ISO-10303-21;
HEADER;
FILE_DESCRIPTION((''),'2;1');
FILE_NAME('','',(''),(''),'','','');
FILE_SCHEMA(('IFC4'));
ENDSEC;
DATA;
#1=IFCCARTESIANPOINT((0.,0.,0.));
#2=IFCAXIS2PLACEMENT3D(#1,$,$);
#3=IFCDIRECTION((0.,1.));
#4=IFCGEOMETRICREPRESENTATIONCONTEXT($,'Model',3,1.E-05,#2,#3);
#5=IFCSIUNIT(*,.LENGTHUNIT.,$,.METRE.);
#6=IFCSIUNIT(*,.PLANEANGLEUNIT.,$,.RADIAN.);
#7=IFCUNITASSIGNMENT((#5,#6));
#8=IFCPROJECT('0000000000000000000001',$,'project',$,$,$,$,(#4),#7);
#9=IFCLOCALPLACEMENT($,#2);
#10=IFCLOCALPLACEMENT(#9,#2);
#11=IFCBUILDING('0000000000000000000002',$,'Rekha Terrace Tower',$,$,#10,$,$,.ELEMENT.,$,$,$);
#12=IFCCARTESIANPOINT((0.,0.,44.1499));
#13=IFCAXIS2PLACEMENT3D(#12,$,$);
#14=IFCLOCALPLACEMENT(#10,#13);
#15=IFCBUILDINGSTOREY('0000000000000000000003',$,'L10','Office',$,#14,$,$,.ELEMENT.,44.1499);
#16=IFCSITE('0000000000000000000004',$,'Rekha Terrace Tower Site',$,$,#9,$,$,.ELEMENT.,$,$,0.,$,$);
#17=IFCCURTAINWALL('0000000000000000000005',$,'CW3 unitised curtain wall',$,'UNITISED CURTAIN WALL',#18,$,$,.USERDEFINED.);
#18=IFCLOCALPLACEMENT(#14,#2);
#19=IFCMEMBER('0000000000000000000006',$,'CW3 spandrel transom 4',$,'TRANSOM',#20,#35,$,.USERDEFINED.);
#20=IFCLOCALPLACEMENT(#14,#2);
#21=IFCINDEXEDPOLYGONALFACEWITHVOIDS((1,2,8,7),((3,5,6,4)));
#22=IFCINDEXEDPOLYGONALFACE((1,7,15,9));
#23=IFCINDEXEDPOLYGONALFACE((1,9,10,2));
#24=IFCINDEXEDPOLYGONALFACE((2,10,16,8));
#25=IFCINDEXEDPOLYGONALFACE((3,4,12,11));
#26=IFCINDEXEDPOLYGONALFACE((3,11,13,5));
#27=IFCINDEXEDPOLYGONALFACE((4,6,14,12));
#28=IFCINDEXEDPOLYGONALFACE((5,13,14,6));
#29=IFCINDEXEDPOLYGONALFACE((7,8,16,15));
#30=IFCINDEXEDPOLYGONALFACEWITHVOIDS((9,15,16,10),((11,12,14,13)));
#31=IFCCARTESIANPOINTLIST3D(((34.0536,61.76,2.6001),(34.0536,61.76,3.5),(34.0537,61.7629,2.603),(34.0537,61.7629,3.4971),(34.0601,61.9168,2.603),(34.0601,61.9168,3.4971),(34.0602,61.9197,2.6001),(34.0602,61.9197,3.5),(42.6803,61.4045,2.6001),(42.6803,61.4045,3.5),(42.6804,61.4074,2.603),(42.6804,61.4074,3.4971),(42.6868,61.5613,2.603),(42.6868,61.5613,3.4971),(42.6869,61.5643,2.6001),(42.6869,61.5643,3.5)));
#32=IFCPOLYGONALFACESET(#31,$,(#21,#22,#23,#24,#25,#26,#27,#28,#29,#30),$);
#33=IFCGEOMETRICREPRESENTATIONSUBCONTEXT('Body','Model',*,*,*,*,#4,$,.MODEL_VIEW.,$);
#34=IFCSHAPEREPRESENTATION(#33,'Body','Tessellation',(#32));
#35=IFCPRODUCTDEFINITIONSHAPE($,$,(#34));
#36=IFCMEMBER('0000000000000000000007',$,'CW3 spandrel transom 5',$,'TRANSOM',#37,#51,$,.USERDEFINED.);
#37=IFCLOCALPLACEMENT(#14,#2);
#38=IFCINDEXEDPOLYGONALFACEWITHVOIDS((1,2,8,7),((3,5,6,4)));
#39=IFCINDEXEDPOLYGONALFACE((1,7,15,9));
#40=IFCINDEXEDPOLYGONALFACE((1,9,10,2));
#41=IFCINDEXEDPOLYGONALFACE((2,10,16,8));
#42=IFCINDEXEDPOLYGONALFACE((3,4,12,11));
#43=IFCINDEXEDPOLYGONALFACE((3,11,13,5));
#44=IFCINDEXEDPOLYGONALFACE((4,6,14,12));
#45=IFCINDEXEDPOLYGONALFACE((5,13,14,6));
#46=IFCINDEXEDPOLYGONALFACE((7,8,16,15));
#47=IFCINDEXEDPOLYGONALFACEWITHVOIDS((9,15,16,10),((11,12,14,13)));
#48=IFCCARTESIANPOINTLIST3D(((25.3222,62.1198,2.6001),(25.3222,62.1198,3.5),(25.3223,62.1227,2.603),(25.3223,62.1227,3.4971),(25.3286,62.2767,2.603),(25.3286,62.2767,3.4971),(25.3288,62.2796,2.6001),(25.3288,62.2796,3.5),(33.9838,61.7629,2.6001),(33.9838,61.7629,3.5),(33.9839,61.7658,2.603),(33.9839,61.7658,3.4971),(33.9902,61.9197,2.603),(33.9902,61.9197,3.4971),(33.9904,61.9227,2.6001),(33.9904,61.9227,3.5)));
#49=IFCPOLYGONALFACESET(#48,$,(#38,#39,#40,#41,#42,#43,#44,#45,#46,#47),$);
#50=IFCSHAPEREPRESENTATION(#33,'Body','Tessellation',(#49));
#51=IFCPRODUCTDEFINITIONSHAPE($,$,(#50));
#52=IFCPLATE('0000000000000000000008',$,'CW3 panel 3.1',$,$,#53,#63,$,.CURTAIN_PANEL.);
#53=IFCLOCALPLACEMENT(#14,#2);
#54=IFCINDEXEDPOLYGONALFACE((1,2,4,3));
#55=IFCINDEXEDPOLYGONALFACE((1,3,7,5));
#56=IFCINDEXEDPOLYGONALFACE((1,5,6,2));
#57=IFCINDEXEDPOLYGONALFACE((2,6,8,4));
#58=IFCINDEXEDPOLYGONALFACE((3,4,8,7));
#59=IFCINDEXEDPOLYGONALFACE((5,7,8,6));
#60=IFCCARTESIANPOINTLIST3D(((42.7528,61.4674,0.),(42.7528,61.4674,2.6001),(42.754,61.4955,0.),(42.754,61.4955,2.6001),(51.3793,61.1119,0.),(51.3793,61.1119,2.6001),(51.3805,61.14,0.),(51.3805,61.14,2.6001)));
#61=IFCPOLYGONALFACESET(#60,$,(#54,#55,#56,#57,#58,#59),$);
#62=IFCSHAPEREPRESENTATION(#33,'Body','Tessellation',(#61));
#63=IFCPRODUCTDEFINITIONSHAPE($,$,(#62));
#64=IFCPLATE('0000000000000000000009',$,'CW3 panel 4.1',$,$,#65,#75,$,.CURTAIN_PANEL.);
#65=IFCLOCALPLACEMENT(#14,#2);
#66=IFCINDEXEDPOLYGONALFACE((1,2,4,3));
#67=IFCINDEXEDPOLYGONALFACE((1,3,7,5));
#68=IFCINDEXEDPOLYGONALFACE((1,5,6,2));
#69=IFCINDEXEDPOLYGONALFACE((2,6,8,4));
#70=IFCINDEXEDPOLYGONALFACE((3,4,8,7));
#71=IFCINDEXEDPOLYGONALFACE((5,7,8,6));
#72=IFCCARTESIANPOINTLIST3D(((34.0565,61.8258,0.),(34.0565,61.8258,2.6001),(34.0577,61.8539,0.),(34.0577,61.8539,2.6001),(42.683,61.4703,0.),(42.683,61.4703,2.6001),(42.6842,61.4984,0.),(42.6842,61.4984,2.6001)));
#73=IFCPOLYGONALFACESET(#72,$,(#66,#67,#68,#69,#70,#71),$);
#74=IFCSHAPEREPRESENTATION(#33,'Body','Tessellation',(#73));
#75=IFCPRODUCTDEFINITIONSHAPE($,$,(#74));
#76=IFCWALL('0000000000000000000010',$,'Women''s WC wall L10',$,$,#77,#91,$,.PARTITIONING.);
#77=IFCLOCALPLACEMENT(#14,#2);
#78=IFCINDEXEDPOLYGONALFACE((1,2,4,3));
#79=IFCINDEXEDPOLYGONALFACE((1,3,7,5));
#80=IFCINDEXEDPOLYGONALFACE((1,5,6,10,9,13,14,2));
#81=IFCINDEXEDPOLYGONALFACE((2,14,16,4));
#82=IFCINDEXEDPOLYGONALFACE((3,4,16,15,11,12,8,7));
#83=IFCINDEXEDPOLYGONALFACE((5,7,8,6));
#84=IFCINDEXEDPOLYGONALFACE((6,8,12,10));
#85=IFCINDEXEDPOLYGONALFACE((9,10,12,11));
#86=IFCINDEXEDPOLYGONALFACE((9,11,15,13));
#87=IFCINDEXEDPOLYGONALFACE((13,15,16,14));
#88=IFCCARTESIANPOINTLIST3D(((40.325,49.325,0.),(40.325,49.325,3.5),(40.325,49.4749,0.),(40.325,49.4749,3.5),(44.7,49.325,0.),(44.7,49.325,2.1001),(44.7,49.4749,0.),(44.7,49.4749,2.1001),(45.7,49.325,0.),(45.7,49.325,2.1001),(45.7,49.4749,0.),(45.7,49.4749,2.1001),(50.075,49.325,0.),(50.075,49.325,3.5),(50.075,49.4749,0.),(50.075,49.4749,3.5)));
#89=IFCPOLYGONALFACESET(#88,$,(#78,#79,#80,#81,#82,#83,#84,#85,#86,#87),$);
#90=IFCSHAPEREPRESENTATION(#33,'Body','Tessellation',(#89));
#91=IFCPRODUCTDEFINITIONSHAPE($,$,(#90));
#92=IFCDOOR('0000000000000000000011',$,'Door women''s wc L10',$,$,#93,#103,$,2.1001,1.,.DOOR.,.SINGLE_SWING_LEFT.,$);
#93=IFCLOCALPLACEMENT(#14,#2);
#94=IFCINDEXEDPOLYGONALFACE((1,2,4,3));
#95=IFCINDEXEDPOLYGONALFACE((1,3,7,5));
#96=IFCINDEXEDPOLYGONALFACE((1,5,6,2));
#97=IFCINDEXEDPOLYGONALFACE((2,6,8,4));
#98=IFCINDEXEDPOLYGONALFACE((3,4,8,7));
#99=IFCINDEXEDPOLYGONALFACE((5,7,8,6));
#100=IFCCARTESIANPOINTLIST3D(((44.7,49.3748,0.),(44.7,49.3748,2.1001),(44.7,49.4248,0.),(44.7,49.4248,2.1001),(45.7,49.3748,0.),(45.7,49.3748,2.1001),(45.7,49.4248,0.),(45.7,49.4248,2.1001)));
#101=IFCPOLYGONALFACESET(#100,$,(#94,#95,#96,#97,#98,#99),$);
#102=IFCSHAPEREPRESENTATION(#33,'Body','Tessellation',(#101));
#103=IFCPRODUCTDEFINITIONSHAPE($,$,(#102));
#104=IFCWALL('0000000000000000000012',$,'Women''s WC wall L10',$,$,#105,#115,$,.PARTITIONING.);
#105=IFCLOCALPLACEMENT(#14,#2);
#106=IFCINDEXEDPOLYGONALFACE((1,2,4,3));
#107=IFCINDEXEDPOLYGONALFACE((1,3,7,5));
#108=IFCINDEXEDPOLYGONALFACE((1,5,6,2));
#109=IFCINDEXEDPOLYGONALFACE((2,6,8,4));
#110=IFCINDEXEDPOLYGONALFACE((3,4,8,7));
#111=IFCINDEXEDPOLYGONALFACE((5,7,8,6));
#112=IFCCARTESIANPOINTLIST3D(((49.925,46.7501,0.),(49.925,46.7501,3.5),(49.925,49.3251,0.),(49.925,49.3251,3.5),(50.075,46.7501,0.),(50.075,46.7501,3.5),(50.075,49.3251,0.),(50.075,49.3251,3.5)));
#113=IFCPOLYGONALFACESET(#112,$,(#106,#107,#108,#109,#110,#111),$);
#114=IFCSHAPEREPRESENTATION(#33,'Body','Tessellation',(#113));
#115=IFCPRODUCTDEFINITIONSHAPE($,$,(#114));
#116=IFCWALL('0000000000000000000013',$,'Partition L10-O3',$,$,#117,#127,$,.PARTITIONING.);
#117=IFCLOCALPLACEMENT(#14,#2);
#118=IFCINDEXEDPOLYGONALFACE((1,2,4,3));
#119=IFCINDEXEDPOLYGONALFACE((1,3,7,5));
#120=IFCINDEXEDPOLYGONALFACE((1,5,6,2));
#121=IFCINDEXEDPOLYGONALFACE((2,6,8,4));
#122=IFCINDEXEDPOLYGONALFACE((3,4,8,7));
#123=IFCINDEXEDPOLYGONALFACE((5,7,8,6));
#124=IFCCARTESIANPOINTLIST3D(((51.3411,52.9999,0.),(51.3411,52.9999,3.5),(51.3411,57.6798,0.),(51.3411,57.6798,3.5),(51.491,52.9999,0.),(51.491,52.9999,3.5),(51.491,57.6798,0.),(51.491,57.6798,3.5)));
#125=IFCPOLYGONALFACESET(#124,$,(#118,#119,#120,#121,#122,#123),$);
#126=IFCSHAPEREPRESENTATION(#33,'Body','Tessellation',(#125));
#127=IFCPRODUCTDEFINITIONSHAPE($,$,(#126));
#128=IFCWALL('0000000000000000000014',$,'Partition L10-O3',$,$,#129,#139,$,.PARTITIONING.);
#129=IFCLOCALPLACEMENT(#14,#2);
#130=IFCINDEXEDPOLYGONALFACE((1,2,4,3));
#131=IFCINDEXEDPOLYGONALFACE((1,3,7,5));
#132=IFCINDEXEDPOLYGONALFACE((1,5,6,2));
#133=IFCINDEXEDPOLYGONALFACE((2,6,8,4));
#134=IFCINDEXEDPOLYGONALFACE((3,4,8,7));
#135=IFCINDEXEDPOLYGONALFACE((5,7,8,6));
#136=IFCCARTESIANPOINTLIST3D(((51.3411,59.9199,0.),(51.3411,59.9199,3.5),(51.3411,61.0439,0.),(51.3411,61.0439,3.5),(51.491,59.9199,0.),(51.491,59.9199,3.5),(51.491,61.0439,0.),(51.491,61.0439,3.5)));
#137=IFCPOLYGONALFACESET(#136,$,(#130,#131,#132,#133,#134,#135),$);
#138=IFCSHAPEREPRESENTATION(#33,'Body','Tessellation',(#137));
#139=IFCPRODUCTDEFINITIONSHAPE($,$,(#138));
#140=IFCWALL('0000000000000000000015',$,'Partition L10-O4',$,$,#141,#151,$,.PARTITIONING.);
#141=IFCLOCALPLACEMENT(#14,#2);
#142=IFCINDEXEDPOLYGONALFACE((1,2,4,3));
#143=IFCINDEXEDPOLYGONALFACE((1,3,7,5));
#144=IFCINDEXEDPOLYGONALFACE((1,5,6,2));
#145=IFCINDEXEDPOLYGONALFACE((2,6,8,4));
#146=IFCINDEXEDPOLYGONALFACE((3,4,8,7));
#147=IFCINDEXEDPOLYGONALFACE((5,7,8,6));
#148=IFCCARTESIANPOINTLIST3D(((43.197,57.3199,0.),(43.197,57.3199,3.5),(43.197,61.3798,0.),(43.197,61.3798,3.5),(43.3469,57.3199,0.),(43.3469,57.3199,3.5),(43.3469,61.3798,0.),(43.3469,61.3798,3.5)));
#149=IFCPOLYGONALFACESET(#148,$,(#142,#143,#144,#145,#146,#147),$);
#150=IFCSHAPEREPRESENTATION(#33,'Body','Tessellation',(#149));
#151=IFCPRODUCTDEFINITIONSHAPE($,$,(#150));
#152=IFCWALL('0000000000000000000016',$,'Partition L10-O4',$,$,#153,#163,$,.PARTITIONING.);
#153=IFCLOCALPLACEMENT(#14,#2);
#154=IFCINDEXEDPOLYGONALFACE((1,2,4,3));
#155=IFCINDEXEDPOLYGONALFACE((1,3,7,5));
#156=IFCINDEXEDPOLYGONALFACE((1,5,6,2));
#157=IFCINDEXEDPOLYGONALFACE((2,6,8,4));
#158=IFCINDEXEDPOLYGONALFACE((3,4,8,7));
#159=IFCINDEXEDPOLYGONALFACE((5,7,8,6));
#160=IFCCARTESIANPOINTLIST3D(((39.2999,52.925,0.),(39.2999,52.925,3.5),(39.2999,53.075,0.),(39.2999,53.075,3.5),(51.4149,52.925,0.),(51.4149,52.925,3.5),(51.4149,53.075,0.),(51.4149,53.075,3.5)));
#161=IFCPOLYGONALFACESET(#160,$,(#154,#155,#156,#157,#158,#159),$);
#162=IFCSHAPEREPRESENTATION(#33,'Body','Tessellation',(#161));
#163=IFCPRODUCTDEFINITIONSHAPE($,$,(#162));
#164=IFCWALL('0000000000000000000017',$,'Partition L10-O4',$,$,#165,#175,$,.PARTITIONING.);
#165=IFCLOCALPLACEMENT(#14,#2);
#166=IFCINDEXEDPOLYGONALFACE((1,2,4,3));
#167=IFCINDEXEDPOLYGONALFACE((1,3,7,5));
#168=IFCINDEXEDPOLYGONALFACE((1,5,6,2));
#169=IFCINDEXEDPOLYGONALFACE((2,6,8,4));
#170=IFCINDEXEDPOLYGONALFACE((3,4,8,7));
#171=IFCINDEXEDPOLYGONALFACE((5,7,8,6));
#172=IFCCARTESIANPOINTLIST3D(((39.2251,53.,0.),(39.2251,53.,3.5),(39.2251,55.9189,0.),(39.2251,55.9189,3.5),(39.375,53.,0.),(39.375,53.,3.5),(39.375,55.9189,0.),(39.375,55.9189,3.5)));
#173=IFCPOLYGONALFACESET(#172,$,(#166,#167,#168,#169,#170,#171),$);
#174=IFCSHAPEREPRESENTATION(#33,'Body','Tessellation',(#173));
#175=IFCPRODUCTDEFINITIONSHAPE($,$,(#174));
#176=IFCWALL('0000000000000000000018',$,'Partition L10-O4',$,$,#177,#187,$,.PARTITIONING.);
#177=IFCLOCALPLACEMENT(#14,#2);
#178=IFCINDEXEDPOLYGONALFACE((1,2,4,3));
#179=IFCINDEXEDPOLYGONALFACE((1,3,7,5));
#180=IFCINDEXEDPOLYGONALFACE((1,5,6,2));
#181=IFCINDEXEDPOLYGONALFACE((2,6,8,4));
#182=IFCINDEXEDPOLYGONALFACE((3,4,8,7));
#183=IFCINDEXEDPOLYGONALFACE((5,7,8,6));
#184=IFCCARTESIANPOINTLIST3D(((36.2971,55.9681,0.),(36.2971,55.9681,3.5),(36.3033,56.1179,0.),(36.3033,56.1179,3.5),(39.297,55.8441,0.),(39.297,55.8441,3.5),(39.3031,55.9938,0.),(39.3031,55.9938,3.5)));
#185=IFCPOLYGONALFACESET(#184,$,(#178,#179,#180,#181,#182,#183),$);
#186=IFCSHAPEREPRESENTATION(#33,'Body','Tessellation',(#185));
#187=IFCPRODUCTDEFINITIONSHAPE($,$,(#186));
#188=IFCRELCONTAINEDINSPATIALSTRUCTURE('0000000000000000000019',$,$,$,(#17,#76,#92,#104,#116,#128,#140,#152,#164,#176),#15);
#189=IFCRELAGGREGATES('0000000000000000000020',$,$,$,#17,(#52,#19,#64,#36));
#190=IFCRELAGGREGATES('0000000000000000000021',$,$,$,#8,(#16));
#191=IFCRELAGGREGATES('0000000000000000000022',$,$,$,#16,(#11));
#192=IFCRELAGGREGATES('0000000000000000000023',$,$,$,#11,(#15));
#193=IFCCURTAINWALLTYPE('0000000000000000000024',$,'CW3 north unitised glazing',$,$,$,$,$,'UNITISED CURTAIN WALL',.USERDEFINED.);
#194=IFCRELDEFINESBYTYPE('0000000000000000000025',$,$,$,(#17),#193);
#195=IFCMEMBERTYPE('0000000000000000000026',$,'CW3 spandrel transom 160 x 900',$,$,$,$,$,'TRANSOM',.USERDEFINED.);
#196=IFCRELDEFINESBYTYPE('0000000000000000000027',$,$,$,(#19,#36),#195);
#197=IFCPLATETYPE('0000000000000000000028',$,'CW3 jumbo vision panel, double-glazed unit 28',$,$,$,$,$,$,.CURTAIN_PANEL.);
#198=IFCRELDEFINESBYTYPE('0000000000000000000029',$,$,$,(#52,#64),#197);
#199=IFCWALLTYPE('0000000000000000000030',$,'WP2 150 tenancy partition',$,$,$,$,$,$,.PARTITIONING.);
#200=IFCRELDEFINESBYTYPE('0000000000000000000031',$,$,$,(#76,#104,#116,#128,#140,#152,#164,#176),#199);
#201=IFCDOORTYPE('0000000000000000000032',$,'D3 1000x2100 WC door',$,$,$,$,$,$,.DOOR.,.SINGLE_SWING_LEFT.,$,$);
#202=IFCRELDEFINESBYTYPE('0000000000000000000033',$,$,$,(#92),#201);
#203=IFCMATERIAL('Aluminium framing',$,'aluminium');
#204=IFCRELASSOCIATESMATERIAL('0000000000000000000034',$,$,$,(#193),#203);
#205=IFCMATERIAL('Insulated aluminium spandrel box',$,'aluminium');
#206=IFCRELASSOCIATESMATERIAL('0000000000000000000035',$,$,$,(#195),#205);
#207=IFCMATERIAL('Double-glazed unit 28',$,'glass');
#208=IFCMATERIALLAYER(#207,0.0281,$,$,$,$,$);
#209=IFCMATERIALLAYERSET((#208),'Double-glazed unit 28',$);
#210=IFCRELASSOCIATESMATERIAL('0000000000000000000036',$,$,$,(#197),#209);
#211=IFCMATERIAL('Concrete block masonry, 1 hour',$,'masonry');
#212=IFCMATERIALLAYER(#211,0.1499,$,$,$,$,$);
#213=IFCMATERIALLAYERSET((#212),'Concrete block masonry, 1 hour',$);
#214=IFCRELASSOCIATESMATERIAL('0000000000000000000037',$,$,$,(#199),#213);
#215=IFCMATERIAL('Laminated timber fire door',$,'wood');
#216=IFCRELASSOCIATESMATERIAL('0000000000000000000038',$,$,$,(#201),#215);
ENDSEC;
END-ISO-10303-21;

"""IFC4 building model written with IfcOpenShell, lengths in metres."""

from ifc_helpers import new_model, si_unit, direction, frame, frame_2d, origin, origin_2d, place, context, subcontext, project, spatial, rectangle, hollow_rectangle, extrude, material, layer, layer_set, material_profile, profile_set, type_object, element, fill, aggregate, save


model = new_model("IFC4")

# Units and contexts
model_context = context("Model", 3, precision=1e-05, world=origin(), true_north=direction((0.0, 1.0)))
body_context = subcontext(model_context, "Body", "Model", "MODEL_VIEW")
ifc_project = project(units=[si_unit("LENGTHUNIT", "METRE"), si_unit("PLANEANGLEUNIT", "RADIAN")], contexts=[model_context])

# Site, building, storey
site_placement = place(None, origin())
site = spatial("IfcSite", under=ifc_project, at=site_placement, Name="Rekha Terrace Tower Site", CompositionType="ELEMENT", RefElevation=0.0)
building_placement = place(site_placement, origin())
building = spatial("IfcBuilding", under=site, at=building_placement, Name="Rekha Terrace Tower", CompositionType="ELEMENT")
storey_placement = place(building_placement, frame((0.0, 0.0, 44.1499)))
storey = spatial("IfcBuildingStorey", under=building, at=storey_placement, Name="L10", Description="Office", CompositionType="ELEMENT", Elevation=44.1499)

# Curtain wall, members, plates
ifc_material_1 = material(Name="Aluminium framing", Category="aluminium")
curtain_wall_type = type_object("IfcCurtainWallType", Name="CW3 north unitised glazing", ElementType="UNITISED CURTAIN WALL", PredefinedType="USERDEFINED", material=ifc_material_1)
curtain_wall_placement = place(storey_placement, origin())
curtain_wall = element("IfcCurtainWall", 1, at=curtain_wall_placement, inside=storey, type_object=curtain_wall_type, Name="CW3 unitised curtain wall", ObjectType="UNITISED CURTAIN WALL", PredefinedType="USERDEFINED")
ifc_material_2 = material(Name="Insulated aluminium spandrel box", Category="aluminium")
ifc_material_profile_1 = material_profile(ifc_material_2, hollow_rectangle(XDim=0.1599, YDim=0.8999, WallThickness=0.0029, at=origin_2d()), Name="AL SPANDREL BOX 160x900")
ifc_profile_set_1 = profile_set([ifc_material_profile_1], Name="Insulated aluminium spandrel box")
member_type_1 = type_object("IfcMemberType", Name="CW3 spandrel transom 160 x 900", ElementType="TRANSOM", PredefinedType="USERDEFINED", material=ifc_profile_set_1)
member_1_placement = place(storey_placement, frame((42.6836, 61.4844, 3.05), z_axis=(-0.999152, 0.041171, 0.0), x_axis=(-0.041171, -0.999152, 0.0)))
member_1 = element("IfcMember", 2, at=member_1_placement, type_object=member_type_1, Name="CW3 spandrel transom 4", ObjectType="TRANSOM", PredefinedType="USERDEFINED", context=body_context, shape_type="SweptSolid", body=[
    extrude(hollow_rectangle(XDim=0.1599, YDim=0.8999, WallThickness=0.0029, at=origin_2d()), origin(), (0.0, 0.0, 1.0), 8.634),
])
member_2_placement = place(storey_placement, frame((33.9871, 61.8428, 3.05), z_axis=(-0.999152, 0.041174, 0.0), x_axis=(-0.041174, -0.999152, 0.0)))
member_2 = element("IfcMember", 3, at=member_2_placement, type_object=member_type_1, Name="CW3 spandrel transom 5", ObjectType="TRANSOM", PredefinedType="USERDEFINED", context=body_context, shape_type="SweptSolid", body=[
    extrude(hollow_rectangle(XDim=0.1599, YDim=0.8999, WallThickness=0.0029, at=origin_2d()), origin(), (0.0, 0.0, 1.0), 8.6689),
])
ifc_material_3 = material(Name="Double-glazed unit 28", Category="glass")
ifc_layer_1 = layer(ifc_material_3, 0.0281)
ifc_layer_set_1 = layer_set([ifc_layer_1], Name="Double-glazed unit 28")
plate_type = type_object("IfcPlateType", Name="CW3 jumbo vision panel, double-glazed unit 28", PredefinedType="CURTAIN_PANEL", material=ifc_layer_set_1)
plate_1_placement = place(storey_placement, frame((47.0667, 61.3037, 0.0), z_axis=(0.0, 0.0, 1.0), x_axis=(-0.999152, 0.041174, 0.0)))
plate_1 = element("IfcPlate", 4, at=plate_1_placement, type_object=plate_type, Name="CW3 panel 3.1", PredefinedType="CURTAIN_PANEL", context=body_context, shape_type="SweptSolid", body=[
    extrude(rectangle(XDim=8.6338, YDim=0.0281, at=origin_2d()), origin(), (0.0, 0.0, 1.0), 2.6001),
])
plate_2_placement = place(storey_placement, frame((38.3704, 61.6621, 0.0), z_axis=(0.0, 0.0, 1.0), x_axis=(-0.999152, 0.041174, 0.0)))
plate_2 = element("IfcPlate", 5, at=plate_2_placement, type_object=plate_type, Name="CW3 panel 4.1", PredefinedType="CURTAIN_PANEL", context=body_context, shape_type="SweptSolid", body=[
    extrude(rectangle(XDim=8.6338, YDim=0.0281, at=origin_2d()), origin(), (0.0, 0.0, 1.0), 2.6001),
])
aggregate(curtain_wall, [plate_1, member_1, plate_2, member_2])

# Wall, opening, door
ifc_material_4 = material(Name="Concrete block masonry, 1 hour", Category="masonry")
ifc_layer_2 = layer(ifc_material_4, 0.1499)
ifc_layer_set_2 = layer_set([ifc_layer_2], Name="Concrete block masonry, 1 hour")
wall_type_1 = type_object("IfcWallType", Name="WP2 150 tenancy partition", PredefinedType="PARTITIONING", material=ifc_layer_set_2)
wall_1_placement = place(storey_placement, frame((40.325, 49.3999, 0.0), z_axis=(0.0, 0.0, 1.0), x_axis=(1.0, 0.0, 0.0)))
wall_1 = element("IfcWall", 6, at=wall_1_placement, inside=storey, type_object=wall_type_1, Name="Women's WC wall L10", PredefinedType="PARTITIONING", context=body_context, shape_type="SweptSolid", body=[
    extrude(rectangle(XDim=9.75, YDim=0.1499, at=frame_2d((4.875, 0.0))), origin(), (0.0, 0.0, 1.0), 3.5),
])
opening_1_placement = place(wall_1_placement, frame((4.375, 0.0, 0.0)))
opening_1 = element("IfcOpeningElement", 7, at=opening_1_placement, cuts=wall_1, PredefinedType="OPENING", context=body_context, shape_type="SweptSolid", body=[
    extrude(rectangle(XDim=1.0, YDim=2.1001, at=frame_2d((0.5, 1.05))), frame((0.0, 0.085, 0.0), z_axis=(0.0, -1.0, 0.0), x_axis=(1.0, 0.0, 0.0)), (0.0, 0.0, 1.0), 0.1699),
])
ifc_material_5 = material(Name="Laminated timber fire door", Category="wood")
door_type_1 = type_object("IfcDoorType", Name="D3 1000x2100 WC door", OperationType="SINGLE_SWING_LEFT", PredefinedType="DOOR", material=ifc_material_5)
door_1_placement = place(opening_1_placement, origin())
door_1 = element("IfcDoor", 8, at=door_1_placement, inside=storey, type_object=door_type_1, Name="Door women's wc L10", OperationType="SINGLE_SWING_LEFT", OverallHeight=2.1001, OverallWidth=1.0, PredefinedType="DOOR", context=body_context, shape_type="SweptSolid", body=[
    extrude(rectangle(XDim=1.0, YDim=2.1001, at=frame_2d((0.5, 1.05))), frame((0.0, 0.0249, 0.0), z_axis=(0.0, -1.0, 0.0), x_axis=(1.0, 0.0, 0.0)), (0.0, 0.0, 1.0), 0.05),
])
fill(opening_1, door_1)

# Walls
wall_2_placement = place(storey_placement, frame((50.0, 46.75, 0.0), z_axis=(0.0, 0.0, 1.0), x_axis=(0.0, 1.0, 0.0)))
element("IfcWall", 9, at=wall_2_placement, inside=storey, type_object=wall_type_1, Name="Women's WC wall L10", PredefinedType="PARTITIONING", context=body_context, shape_type="SweptSolid", body=[
    extrude(rectangle(XDim=2.575, YDim=0.1499, at=frame_2d((1.2876, 0.0))), origin(), (0.0, 0.0, 1.0), 3.5),
])
wall_3_placement = place(storey_placement, frame((51.416, 53.0, 0.0), z_axis=(0.0, 0.0, 1.0), x_axis=(0.0, 1.0, 0.0)))
element("IfcWall", 10, at=wall_3_placement, inside=storey, type_object=wall_type_1, Name="Partition L10-O3", PredefinedType="PARTITIONING", context=body_context, shape_type="SweptSolid", body=[
    extrude(rectangle(XDim=4.6799, YDim=0.1499, at=frame_2d((2.3398, 0.0))), origin(), (0.0, 0.0, 1.0), 3.5),
])
wall_4_placement = place(storey_placement, frame((51.416, 59.9199, 0.0), z_axis=(0.0, 0.0, 1.0), x_axis=(0.0, 1.0, 0.0)))
element("IfcWall", 11, at=wall_4_placement, inside=storey, type_object=wall_type_1, Name="Partition L10-O3", PredefinedType="PARTITIONING", context=body_context, shape_type="SweptSolid", body=[
    extrude(rectangle(XDim=1.124, YDim=0.1499, at=frame_2d((0.562, 0.0))), origin(), (0.0, 0.0, 1.0), 3.5),
])
wall_5_placement = place(storey_placement, frame((43.272, 57.3201, 0.0), z_axis=(0.0, 0.0, 1.0), x_axis=(0.0, 1.0, 0.0)))
element("IfcWall", 12, at=wall_5_placement, inside=storey, type_object=wall_type_1, Name="Partition L10-O4", PredefinedType="PARTITIONING", context=body_context, shape_type="SweptSolid", body=[
    extrude(rectangle(XDim=4.0598, YDim=0.1499, at=frame_2d((2.0298, 0.0))), origin(), (0.0, 0.0, 1.0), 3.5),
])
wall_6_placement = place(storey_placement, frame((51.415, 53.0, 0.0), z_axis=(0.0, 0.0, 1.0), x_axis=(-1.0, 0.0, 0.0)))
element("IfcWall", 13, at=wall_6_placement, inside=storey, type_object=wall_type_1, Name="Partition L10-O4", PredefinedType="PARTITIONING", context=body_context, shape_type="SweptSolid", body=[
    extrude(rectangle(XDim=12.115, YDim=0.1499, at=frame_2d((6.0576, 0.0))), origin(), (0.0, 0.0, 1.0), 3.5),
])
wall_7_placement = place(storey_placement, frame((39.3, 53.0, 0.0), z_axis=(0.0, 0.0, 1.0), x_axis=(0.0, 1.0, 0.0)))
element("IfcWall", 14, at=wall_7_placement, inside=storey, type_object=wall_type_1, Name="Partition L10-O4", PredefinedType="PARTITIONING", context=body_context, shape_type="SweptSolid", body=[
    extrude(rectangle(XDim=2.9189, YDim=0.1499, at=frame_2d((1.4595, 0.0))), origin(), (0.0, 0.0, 1.0), 3.5),
])
wall_8_placement = place(storey_placement, frame((39.3, 55.9189, 0.0), z_axis=(0.0, 0.0, 1.0), x_axis=(-0.999147, 0.041306, 0.0)))
element("IfcWall", 15, at=wall_8_placement, inside=storey, type_object=wall_type_1, Name="Partition L10-O4", PredefinedType="PARTITIONING", context=body_context, shape_type="SweptSolid", body=[
    extrude(rectangle(XDim=3.0024, YDim=0.1499, at=frame_2d((1.5012, 0.0))), origin(), (0.0, 0.0, 1.0), 3.5),
])

save(model, "model.ifc")
